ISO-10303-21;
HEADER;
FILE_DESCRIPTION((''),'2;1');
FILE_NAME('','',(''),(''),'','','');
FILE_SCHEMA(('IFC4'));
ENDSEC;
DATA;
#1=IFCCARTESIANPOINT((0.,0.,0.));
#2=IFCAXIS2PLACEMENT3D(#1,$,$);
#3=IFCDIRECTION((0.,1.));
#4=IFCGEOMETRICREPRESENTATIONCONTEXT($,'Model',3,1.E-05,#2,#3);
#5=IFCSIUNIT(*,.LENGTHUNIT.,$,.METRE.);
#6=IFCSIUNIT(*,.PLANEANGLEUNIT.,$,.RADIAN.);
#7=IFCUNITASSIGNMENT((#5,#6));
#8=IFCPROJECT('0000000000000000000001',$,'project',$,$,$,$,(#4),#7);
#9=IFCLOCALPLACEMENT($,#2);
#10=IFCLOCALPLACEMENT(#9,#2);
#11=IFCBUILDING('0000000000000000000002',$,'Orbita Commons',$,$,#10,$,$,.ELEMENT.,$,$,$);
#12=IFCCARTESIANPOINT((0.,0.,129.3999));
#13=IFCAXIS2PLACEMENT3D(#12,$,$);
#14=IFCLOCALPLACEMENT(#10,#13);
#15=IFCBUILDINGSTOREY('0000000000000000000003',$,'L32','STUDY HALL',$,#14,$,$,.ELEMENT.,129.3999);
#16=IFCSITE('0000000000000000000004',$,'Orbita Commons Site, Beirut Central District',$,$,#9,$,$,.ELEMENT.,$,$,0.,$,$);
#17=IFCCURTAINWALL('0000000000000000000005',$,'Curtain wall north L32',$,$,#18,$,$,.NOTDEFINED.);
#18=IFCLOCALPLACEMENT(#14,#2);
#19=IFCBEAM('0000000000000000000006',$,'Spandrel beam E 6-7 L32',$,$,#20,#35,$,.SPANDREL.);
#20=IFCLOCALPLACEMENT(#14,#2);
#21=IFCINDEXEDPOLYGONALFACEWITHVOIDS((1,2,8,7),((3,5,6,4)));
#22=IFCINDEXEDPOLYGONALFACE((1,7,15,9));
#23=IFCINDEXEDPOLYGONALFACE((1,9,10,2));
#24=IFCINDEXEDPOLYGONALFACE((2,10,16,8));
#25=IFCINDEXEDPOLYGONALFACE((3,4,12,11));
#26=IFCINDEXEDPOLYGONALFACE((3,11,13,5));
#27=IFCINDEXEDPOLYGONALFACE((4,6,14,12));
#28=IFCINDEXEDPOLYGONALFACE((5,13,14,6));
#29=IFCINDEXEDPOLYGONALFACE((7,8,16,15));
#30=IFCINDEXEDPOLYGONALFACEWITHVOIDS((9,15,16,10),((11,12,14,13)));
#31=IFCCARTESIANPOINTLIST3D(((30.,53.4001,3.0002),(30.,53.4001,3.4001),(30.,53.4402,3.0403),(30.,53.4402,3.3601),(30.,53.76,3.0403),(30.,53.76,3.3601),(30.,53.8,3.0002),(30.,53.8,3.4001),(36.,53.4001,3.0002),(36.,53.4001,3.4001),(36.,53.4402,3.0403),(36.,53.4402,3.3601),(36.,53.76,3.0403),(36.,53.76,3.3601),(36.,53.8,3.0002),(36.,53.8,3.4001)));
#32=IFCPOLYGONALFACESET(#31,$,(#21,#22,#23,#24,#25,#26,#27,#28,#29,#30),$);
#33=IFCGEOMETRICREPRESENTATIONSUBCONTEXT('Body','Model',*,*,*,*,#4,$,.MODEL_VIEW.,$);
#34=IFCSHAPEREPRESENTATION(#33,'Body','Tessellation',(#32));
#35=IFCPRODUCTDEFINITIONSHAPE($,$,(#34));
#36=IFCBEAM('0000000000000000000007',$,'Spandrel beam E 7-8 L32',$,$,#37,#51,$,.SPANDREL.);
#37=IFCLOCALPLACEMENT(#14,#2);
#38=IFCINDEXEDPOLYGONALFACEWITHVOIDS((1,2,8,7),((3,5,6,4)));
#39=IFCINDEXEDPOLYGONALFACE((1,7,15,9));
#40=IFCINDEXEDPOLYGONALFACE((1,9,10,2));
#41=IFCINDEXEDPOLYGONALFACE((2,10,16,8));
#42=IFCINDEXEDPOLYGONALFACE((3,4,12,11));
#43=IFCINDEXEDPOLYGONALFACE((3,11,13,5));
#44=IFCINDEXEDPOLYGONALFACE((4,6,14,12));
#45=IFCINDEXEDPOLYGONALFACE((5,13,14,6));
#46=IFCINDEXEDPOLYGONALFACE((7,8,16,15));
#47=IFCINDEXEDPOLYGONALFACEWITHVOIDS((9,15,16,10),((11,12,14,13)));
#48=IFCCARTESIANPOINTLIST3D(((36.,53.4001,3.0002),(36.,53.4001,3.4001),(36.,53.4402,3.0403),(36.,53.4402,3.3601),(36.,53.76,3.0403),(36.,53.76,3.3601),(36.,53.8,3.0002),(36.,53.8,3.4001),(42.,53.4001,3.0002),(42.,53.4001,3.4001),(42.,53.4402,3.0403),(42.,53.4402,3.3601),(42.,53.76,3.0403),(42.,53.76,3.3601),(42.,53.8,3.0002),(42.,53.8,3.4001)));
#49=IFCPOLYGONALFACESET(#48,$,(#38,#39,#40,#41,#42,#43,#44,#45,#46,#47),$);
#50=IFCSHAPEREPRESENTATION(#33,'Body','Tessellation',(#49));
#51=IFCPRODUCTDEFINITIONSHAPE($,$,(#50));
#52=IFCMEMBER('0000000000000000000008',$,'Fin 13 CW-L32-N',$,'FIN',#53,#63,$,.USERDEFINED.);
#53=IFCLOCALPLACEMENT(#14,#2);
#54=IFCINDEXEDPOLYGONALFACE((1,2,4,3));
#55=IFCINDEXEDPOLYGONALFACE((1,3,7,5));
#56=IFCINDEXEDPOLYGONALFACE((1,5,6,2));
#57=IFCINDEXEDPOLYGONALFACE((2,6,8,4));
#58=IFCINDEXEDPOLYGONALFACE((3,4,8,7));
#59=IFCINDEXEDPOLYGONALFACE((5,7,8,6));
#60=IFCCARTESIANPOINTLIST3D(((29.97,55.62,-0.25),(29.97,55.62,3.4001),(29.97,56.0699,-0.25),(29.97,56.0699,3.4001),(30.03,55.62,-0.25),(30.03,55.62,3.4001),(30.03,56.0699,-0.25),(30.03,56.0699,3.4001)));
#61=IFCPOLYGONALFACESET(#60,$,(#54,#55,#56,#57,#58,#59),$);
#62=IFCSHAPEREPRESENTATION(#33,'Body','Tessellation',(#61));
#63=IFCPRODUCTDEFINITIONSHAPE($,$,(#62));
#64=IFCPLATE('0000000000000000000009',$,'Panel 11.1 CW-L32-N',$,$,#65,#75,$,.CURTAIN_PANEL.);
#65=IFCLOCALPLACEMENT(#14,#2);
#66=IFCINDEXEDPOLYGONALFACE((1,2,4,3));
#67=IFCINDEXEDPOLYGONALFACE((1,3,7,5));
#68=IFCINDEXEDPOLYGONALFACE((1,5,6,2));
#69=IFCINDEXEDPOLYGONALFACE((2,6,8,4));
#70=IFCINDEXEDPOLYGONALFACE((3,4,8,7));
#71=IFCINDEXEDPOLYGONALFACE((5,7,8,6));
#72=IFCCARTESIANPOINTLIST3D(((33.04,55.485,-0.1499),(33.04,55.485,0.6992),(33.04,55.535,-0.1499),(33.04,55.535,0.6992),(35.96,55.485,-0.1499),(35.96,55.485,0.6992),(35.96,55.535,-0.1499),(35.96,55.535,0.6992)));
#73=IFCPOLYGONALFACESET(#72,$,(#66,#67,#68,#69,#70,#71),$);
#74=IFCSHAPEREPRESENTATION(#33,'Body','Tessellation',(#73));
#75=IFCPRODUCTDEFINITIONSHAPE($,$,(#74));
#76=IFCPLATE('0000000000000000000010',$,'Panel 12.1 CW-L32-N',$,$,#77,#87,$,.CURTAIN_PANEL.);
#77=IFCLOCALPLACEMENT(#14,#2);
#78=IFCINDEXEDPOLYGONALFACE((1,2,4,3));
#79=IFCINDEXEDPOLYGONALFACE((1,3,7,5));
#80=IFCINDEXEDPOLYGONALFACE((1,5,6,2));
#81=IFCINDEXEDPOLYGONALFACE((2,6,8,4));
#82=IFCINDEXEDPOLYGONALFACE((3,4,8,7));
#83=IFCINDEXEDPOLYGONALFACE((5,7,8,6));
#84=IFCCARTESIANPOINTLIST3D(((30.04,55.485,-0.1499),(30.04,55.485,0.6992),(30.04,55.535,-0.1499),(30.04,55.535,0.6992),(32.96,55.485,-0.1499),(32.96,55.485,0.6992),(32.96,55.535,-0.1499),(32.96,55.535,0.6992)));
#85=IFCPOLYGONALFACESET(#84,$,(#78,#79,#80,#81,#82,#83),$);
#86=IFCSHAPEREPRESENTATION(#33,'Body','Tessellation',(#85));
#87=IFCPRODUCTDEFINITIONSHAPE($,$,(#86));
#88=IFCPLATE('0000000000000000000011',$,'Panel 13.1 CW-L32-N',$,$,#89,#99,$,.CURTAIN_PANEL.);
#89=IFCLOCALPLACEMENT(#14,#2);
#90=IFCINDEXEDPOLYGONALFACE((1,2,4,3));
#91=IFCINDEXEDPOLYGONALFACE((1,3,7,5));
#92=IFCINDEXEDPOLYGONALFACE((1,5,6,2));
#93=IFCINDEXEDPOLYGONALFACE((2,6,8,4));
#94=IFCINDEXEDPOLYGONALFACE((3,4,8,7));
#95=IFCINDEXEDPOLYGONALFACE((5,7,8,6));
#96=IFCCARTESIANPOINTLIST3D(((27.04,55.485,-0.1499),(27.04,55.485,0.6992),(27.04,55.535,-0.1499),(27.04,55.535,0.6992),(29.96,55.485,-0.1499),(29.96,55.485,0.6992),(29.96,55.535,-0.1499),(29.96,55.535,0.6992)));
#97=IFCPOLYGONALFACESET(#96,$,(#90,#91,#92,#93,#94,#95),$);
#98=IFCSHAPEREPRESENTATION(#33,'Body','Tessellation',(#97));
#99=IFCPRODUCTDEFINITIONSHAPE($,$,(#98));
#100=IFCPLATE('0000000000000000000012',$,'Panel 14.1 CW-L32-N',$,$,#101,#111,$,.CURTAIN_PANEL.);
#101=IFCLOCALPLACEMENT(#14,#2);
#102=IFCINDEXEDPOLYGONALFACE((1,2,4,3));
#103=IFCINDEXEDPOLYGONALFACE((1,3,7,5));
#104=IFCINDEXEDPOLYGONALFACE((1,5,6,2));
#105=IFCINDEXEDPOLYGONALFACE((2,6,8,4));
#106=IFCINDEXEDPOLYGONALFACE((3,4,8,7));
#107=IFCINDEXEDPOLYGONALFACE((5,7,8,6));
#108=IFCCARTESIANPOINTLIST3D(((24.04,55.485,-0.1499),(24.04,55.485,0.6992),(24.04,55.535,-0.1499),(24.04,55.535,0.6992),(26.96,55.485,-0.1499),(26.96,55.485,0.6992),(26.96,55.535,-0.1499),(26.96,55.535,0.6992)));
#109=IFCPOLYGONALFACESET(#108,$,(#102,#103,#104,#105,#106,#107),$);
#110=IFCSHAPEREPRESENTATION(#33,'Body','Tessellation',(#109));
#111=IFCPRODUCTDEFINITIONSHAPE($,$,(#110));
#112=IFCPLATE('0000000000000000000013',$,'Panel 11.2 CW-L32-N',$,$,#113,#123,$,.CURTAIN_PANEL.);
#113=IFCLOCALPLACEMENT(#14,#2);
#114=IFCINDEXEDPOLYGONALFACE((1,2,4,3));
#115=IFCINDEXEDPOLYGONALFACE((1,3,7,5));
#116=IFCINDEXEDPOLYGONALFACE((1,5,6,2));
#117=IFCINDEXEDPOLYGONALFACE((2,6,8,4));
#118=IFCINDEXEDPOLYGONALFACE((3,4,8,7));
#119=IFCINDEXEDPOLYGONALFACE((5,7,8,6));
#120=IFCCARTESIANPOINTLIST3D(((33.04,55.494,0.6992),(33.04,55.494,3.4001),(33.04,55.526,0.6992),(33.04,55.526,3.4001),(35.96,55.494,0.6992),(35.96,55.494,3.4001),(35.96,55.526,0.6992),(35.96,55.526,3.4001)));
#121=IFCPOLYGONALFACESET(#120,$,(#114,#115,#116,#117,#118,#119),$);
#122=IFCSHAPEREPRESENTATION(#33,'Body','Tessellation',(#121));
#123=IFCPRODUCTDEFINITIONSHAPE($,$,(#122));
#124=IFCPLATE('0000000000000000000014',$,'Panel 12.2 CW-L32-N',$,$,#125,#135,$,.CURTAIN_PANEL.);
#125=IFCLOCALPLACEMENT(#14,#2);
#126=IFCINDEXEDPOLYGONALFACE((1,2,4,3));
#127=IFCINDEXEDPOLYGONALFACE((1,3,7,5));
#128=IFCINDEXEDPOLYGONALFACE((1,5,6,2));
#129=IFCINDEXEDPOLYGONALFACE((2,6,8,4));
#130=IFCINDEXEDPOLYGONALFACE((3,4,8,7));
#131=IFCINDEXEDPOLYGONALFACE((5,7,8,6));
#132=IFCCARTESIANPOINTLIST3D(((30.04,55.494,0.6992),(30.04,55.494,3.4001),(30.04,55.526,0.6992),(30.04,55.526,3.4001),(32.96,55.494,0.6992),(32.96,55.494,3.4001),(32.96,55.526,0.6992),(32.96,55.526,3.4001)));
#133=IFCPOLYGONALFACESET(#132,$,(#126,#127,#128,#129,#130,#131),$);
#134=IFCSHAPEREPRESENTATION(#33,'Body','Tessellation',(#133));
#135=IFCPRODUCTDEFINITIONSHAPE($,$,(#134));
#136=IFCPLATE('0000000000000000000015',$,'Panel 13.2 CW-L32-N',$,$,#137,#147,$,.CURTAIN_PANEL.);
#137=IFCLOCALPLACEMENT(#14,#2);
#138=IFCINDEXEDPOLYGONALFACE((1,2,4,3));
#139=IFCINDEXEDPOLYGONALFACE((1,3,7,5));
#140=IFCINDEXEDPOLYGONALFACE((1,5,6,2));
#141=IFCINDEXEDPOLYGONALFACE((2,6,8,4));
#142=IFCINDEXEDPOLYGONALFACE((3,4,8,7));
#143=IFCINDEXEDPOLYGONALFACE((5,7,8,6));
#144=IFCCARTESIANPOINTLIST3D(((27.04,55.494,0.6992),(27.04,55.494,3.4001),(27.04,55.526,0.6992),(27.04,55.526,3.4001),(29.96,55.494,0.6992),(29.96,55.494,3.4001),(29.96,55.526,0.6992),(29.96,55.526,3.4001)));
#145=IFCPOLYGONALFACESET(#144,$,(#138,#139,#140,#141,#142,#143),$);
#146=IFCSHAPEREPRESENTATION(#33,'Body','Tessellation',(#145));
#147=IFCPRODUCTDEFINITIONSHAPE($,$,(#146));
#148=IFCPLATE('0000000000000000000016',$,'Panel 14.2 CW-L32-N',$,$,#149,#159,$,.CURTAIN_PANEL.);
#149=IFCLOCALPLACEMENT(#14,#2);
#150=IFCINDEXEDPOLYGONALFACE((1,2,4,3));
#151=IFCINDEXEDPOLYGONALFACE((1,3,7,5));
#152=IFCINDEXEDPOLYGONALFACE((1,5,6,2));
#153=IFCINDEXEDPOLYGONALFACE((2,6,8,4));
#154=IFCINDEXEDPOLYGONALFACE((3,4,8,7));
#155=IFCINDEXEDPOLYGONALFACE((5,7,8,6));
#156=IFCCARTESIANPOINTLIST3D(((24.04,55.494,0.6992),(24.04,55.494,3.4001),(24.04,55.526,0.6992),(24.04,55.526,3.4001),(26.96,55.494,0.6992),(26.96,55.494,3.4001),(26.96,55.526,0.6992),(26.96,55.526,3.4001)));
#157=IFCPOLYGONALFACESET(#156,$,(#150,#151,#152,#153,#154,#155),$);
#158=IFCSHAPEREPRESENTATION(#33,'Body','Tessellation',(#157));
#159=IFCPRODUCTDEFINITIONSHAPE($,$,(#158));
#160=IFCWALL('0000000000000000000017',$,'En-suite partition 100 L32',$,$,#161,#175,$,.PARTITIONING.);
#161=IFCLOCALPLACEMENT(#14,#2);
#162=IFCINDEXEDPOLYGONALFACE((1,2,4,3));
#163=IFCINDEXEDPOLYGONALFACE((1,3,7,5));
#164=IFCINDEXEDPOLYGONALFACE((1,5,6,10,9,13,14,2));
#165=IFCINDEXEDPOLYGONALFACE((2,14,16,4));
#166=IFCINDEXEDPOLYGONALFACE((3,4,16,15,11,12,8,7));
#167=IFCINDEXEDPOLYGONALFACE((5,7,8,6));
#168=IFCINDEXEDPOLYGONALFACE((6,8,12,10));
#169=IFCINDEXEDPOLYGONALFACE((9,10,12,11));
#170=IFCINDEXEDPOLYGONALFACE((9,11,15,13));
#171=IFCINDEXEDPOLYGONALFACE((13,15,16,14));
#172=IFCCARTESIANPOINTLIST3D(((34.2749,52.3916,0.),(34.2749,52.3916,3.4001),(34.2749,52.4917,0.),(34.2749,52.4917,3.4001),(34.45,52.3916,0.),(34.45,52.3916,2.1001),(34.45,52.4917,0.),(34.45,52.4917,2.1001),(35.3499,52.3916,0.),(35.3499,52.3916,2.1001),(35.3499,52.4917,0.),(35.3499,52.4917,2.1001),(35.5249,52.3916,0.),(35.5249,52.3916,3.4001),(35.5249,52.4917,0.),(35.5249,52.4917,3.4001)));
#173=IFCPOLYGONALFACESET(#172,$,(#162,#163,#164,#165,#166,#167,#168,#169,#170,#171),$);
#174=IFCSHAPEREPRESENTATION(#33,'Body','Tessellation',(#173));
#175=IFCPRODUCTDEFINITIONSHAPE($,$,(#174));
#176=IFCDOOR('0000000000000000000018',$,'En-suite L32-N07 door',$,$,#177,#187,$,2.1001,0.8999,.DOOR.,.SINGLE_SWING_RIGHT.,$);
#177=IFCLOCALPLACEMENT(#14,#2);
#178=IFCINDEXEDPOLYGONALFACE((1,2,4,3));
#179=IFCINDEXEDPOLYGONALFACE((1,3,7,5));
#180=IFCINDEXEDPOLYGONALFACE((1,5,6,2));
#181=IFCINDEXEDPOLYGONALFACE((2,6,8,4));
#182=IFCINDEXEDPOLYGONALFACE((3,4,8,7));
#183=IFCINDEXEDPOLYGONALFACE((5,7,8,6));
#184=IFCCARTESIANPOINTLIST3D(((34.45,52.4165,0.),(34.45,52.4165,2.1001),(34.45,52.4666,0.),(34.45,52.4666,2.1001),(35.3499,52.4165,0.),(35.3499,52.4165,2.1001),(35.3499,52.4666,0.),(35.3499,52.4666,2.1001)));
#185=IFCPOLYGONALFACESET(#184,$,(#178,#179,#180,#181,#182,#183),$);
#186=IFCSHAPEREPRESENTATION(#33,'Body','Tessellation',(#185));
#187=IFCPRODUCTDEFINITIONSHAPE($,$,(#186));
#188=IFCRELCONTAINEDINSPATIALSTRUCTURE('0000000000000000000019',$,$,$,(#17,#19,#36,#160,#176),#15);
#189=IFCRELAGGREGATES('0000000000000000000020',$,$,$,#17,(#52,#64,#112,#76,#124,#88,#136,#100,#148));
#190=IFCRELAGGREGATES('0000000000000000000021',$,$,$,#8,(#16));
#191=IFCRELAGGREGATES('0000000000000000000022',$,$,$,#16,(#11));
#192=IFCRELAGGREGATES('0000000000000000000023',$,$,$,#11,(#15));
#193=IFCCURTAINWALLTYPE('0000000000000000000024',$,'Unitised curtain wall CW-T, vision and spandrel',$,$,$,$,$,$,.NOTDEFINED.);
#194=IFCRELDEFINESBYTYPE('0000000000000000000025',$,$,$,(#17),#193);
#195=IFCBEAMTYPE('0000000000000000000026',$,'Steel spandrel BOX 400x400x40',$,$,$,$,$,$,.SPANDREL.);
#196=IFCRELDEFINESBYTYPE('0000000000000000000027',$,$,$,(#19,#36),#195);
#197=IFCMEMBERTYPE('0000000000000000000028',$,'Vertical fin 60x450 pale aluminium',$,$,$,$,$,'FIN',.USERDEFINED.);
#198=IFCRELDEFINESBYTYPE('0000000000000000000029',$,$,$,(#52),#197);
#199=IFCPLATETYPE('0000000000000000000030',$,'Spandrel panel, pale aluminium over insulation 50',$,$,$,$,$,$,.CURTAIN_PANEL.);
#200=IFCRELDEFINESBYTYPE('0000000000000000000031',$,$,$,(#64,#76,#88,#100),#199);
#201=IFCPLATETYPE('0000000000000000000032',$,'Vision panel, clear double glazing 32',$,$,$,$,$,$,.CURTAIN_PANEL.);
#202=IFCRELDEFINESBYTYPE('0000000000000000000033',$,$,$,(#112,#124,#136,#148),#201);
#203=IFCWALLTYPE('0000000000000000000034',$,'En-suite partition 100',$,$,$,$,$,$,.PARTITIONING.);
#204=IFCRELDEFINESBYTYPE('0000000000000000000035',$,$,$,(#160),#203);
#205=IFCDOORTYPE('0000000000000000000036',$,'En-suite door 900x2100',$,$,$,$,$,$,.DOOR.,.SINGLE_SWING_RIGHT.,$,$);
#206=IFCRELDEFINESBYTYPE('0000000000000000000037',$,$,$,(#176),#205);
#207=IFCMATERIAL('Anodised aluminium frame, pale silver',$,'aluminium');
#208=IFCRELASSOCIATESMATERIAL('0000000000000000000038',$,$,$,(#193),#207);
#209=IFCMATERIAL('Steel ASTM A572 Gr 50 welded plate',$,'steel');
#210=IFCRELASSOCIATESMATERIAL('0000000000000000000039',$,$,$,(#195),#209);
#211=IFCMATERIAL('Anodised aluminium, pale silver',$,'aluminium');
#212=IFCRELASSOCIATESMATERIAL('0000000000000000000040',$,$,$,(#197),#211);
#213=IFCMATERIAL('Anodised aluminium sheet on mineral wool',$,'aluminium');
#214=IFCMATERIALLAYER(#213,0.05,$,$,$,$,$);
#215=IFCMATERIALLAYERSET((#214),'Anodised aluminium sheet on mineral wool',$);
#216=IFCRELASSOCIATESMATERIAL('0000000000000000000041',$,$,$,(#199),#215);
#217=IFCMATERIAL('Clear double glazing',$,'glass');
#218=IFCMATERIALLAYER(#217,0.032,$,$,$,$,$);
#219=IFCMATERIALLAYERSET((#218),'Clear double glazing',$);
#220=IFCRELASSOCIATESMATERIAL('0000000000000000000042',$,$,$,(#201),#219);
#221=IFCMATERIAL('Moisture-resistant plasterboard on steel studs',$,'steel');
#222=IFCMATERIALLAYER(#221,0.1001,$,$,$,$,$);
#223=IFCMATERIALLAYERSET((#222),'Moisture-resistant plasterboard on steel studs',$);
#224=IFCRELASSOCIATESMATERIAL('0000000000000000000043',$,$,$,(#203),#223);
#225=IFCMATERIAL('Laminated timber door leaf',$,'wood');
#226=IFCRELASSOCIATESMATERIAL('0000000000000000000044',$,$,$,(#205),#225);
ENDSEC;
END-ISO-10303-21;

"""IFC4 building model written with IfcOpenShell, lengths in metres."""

from ifc_helpers import new_model, si_unit, direction, frame, frame_2d, origin, origin_2d, place, context, subcontext, project, spatial, rectangle, hollow_rectangle, extrude, material, layer, layer_set, material_profile, profile_set, type_object, element, fill, aggregate, save


model = new_model("IFC4")

# Units and contexts
model_context = context("Model", 3, precision=1e-05, world=origin(), true_north=direction((0.0, 1.0)))
body_context = subcontext(model_context, "Body", "Model", "MODEL_VIEW")
ifc_project = project(units=[si_unit("LENGTHUNIT", "METRE"), si_unit("PLANEANGLEUNIT", "RADIAN")], contexts=[model_context])

# Site, building, storey
site_placement = place(None, origin())
site = spatial("IfcSite", under=ifc_project, at=site_placement, Name="Orbita Commons Site, Beirut Central District", CompositionType="ELEMENT", RefElevation=0.0)
building_placement = place(site_placement, origin())
building = spatial("IfcBuilding", under=site, at=building_placement, Name="Orbita Commons", CompositionType="ELEMENT")
storey_placement = place(building_placement, frame((0.0, 0.0, 129.3999)))
storey = spatial("IfcBuildingStorey", under=building, at=storey_placement, Name="L32", Description="STUDY HALL", CompositionType="ELEMENT", Elevation=129.3999)

# Curtain wall
ifc_material_1 = material(Name="Anodised aluminium frame, pale silver", Category="aluminium")
curtain_wall_type = type_object("IfcCurtainWallType", Name="Unitised curtain wall CW-T, vision and spandrel", PredefinedType="NOTDEFINED", material=ifc_material_1)
curtain_wall_placement = place(storey_placement, origin())
curtain_wall = element("IfcCurtainWall", 1, at=curtain_wall_placement, inside=storey, type_object=curtain_wall_type, Name="Curtain wall north L32", PredefinedType="NOTDEFINED")

# Beams
ifc_material_2 = material(Name="Steel ASTM A572 Gr 50 welded plate", Category="steel")
ifc_material_profile_1 = material_profile(ifc_material_2, hollow_rectangle(XDim=0.3999, YDim=0.3999, WallThickness=0.04, at=origin_2d()), Name="BOX 400x400x40")
ifc_profile_set_1 = profile_set([ifc_material_profile_1], Name="Steel ASTM A572 Gr 50 welded plate")
beam_type = type_object("IfcBeamType", Name="Steel spandrel BOX 400x400x40", PredefinedType="SPANDREL", material=ifc_profile_set_1)
for number, where, z_axis, x_axis, name in (
    (2, (30.0, 53.6001, 3.2002), (1.0, 0.0, 0.0), (0.0, 1.0, 0.0), "Spandrel beam E 6-7 L32"),
    (3, (36.0, 53.6001, 3.2002), (1.0, 0.0, 0.0), (0.0, 1.0, 0.0), "Spandrel beam E 7-8 L32"),
):
    element("IfcBeam", number, at=place(storey_placement, frame(where, z_axis=z_axis, x_axis=x_axis)), inside=storey, type_object=beam_type, Name=name, PredefinedType="SPANDREL", context=body_context, shape_type="SweptSolid", body=[
        extrude(hollow_rectangle(XDim=0.3999, YDim=0.3999, WallThickness=0.04, at=origin_2d()), origin(), (0.0, 0.0, 1.0), 6.0),
    ])

# Member
ifc_material_3 = material(Name="Anodised aluminium, pale silver", Category="aluminium")
ifc_material_profile_2 = material_profile(ifc_material_3, rectangle(XDim=0.0601, YDim=0.45, at=origin_2d()), Name="FIN 60x450")
ifc_profile_set_2 = profile_set([ifc_material_profile_2], Name="Anodised aluminium, pale silver")
member_type_1 = type_object("IfcMemberType", Name="Vertical fin 60x450 pale aluminium", ElementType="FIN", PredefinedType="USERDEFINED", material=ifc_profile_set_2)
member_1_placement = place(storey_placement, frame((30.0, 55.845, -0.25), z_axis=(0.0, 0.0, 1.0), x_axis=(-1.0, 0.0, 0.0)))
member_1 = element("IfcMember", 4, at=member_1_placement, type_object=member_type_1, Name="Fin 13 CW-L32-N", ObjectType="FIN", PredefinedType="USERDEFINED", context=body_context, shape_type="SweptSolid", body=[
    extrude(rectangle(XDim=0.0601, YDim=0.45, at=origin_2d()), origin(), (0.0, 0.0, 1.0), 3.6501),
])

# Plates
ifc_material_4 = material(Name="Anodised aluminium sheet on mineral wool", Category="aluminium")
ifc_layer_1 = layer(ifc_material_4, 0.05)
ifc_layer_set_1 = layer_set([ifc_layer_1], Name="Anodised aluminium sheet on mineral wool")
plate_type_1 = type_object("IfcPlateType", Name="Spandrel panel, pale aluminium over insulation 50", PredefinedType="CURTAIN_PANEL", material=ifc_layer_set_1)
plate_1_placement = place(storey_placement, frame((34.5, 55.51, -0.1499), z_axis=(0.0, 0.0, 1.0), x_axis=(-1.0, 0.0, 0.0)))
plate_1 = element("IfcPlate", 5, at=plate_1_placement, type_object=plate_type_1, Name="Panel 11.1 CW-L32-N", PredefinedType="CURTAIN_PANEL", context=body_context, shape_type="SweptSolid", body=[
    extrude(rectangle(XDim=2.9199, YDim=0.05, at=origin_2d()), origin(), (0.0, 0.0, 1.0), 0.8491),
])
plate_2_placement = place(storey_placement, frame((31.5, 55.51, -0.1499), z_axis=(0.0, 0.0, 1.0), x_axis=(-1.0, 0.0, 0.0)))
plate_2 = element("IfcPlate", 6, at=plate_2_placement, type_object=plate_type_1, Name="Panel 12.1 CW-L32-N", PredefinedType="CURTAIN_PANEL", context=body_context, shape_type="SweptSolid", body=[
    extrude(rectangle(XDim=2.9199, YDim=0.05, at=origin_2d()), origin(), (0.0, 0.0, 1.0), 0.8491),
])
plate_3_placement = place(storey_placement, frame((28.5, 55.51, -0.1499), z_axis=(0.0, 0.0, 1.0), x_axis=(-1.0, 0.0, 0.0)))
plate_3 = element("IfcPlate", 7, at=plate_3_placement, type_object=plate_type_1, Name="Panel 13.1 CW-L32-N", PredefinedType="CURTAIN_PANEL", context=body_context, shape_type="SweptSolid", body=[
    extrude(rectangle(XDim=2.9199, YDim=0.05, at=origin_2d()), origin(), (0.0, 0.0, 1.0), 0.8491),
])
plate_4_placement = place(storey_placement, frame((25.5, 55.51, -0.1499), z_axis=(0.0, 0.0, 1.0), x_axis=(-1.0, 0.0, 0.0)))
plate_4 = element("IfcPlate", 8, at=plate_4_placement, type_object=plate_type_1, Name="Panel 14.1 CW-L32-N", PredefinedType="CURTAIN_PANEL", context=body_context, shape_type="SweptSolid", body=[
    extrude(rectangle(XDim=2.9199, YDim=0.05, at=origin_2d()), origin(), (0.0, 0.0, 1.0), 0.8491),
])
ifc_material_5 = material(Name="Clear double glazing", Category="glass")
ifc_layer_2 = layer(ifc_material_5, 0.032)
ifc_layer_set_2 = layer_set([ifc_layer_2], Name="Clear double glazing")
plate_type_2 = type_object("IfcPlateType", Name="Vision panel, clear double glazing 32", PredefinedType="CURTAIN_PANEL", material=ifc_layer_set_2)
plate_5_placement = place(storey_placement, frame((34.5, 55.51, 0.6992), z_axis=(0.0, 0.0, 1.0), x_axis=(-1.0, 0.0, 0.0)))
plate_5 = element("IfcPlate", 9, at=plate_5_placement, type_object=plate_type_2, Name="Panel 11.2 CW-L32-N", PredefinedType="CURTAIN_PANEL", context=body_context, shape_type="SweptSolid", body=[
    extrude(rectangle(XDim=2.9199, YDim=0.032, at=origin_2d()), origin(), (0.0, 0.0, 1.0), 2.7009),
])
plate_6_placement = place(storey_placement, frame((31.5, 55.51, 0.6992), z_axis=(0.0, 0.0, 1.0), x_axis=(-1.0, 0.0, 0.0)))
plate_6 = element("IfcPlate", 10, at=plate_6_placement, type_object=plate_type_2, Name="Panel 12.2 CW-L32-N", PredefinedType="CURTAIN_PANEL", context=body_context, shape_type="SweptSolid", body=[
    extrude(rectangle(XDim=2.9199, YDim=0.032, at=origin_2d()), origin(), (0.0, 0.0, 1.0), 2.7009),
])
plate_7_placement = place(storey_placement, frame((28.5, 55.51, 0.6992), z_axis=(0.0, 0.0, 1.0), x_axis=(-1.0, 0.0, 0.0)))
plate_7 = element("IfcPlate", 11, at=plate_7_placement, type_object=plate_type_2, Name="Panel 13.2 CW-L32-N", PredefinedType="CURTAIN_PANEL", context=body_context, shape_type="SweptSolid", body=[
    extrude(rectangle(XDim=2.9199, YDim=0.032, at=origin_2d()), origin(), (0.0, 0.0, 1.0), 2.7009),
])
plate_8_placement = place(storey_placement, frame((25.5, 55.51, 0.6992), z_axis=(0.0, 0.0, 1.0), x_axis=(-1.0, 0.0, 0.0)))
plate_8 = element("IfcPlate", 12, at=plate_8_placement, type_object=plate_type_2, Name="Panel 14.2 CW-L32-N", PredefinedType="CURTAIN_PANEL", context=body_context, shape_type="SweptSolid", body=[
    extrude(rectangle(XDim=2.9199, YDim=0.032, at=origin_2d()), origin(), (0.0, 0.0, 1.0), 2.7009),
])
aggregate(curtain_wall, [member_1, plate_1, plate_5, plate_2, plate_6, plate_3, plate_7, plate_4, plate_8])

# Wall, opening, door
ifc_material_6 = material(Name="Moisture-resistant plasterboard on steel studs", Category="steel")
ifc_layer_3 = layer(ifc_material_6, 0.1001)
ifc_layer_set_3 = layer_set([ifc_layer_3], Name="Moisture-resistant plasterboard on steel studs")
wall_type_1 = type_object("IfcWallType", Name="En-suite partition 100", PredefinedType="PARTITIONING", material=ifc_layer_set_3)
wall_1_placement = place(storey_placement, frame((34.2749, 52.4417, 0.0), z_axis=(0.0, 0.0, 1.0), x_axis=(1.0, 0.0, 0.0)))
wall_1 = element("IfcWall", 13, at=wall_1_placement, inside=storey, type_object=wall_type_1, Name="En-suite partition 100 L32", PredefinedType="PARTITIONING", context=body_context, shape_type="SweptSolid", body=[
    extrude(rectangle(XDim=1.25, YDim=0.1001, at=frame_2d((0.625, 0.0))), origin(), (0.0, 0.0, 1.0), 3.4001),
])
opening_placement = place(wall_1_placement, frame((0.175, 0.0, 0.0)))
opening = element("IfcOpeningElement", 14, at=opening_placement, cuts=wall_1, PredefinedType="OPENING", context=body_context, shape_type="SweptSolid", body=[
    extrude(rectangle(XDim=0.8999, YDim=2.1001, at=frame_2d((0.45, 1.05))), frame((0.0, 0.0601, 0.0), z_axis=(0.0, -1.0, 0.0), x_axis=(1.0, 0.0, 0.0)), (0.0, 0.0, 1.0), 0.1201),
])
ifc_material_7 = material(Name="Laminated timber door leaf", Category="wood")
door_type = type_object("IfcDoorType", Name="En-suite door 900x2100", OperationType="SINGLE_SWING_RIGHT", PredefinedType="DOOR", material=ifc_material_7)
door_placement = place(opening_placement, origin())
door = element("IfcDoor", 15, at=door_placement, inside=storey, type_object=door_type, Name="En-suite L32-N07 door", OperationType="SINGLE_SWING_RIGHT", OverallHeight=2.1001, OverallWidth=0.8999, PredefinedType="DOOR", context=body_context, shape_type="SweptSolid", body=[
    extrude(rectangle(XDim=0.8999, YDim=2.1001, at=frame_2d((0.45, 1.05))), frame((0.0, 0.0249, 0.0), z_axis=(0.0, -1.0, 0.0), x_axis=(1.0, 0.0, 0.0)), (0.0, 0.0, 1.0), 0.05),
])
fill(opening, door)

save(model, "model.ifc")
